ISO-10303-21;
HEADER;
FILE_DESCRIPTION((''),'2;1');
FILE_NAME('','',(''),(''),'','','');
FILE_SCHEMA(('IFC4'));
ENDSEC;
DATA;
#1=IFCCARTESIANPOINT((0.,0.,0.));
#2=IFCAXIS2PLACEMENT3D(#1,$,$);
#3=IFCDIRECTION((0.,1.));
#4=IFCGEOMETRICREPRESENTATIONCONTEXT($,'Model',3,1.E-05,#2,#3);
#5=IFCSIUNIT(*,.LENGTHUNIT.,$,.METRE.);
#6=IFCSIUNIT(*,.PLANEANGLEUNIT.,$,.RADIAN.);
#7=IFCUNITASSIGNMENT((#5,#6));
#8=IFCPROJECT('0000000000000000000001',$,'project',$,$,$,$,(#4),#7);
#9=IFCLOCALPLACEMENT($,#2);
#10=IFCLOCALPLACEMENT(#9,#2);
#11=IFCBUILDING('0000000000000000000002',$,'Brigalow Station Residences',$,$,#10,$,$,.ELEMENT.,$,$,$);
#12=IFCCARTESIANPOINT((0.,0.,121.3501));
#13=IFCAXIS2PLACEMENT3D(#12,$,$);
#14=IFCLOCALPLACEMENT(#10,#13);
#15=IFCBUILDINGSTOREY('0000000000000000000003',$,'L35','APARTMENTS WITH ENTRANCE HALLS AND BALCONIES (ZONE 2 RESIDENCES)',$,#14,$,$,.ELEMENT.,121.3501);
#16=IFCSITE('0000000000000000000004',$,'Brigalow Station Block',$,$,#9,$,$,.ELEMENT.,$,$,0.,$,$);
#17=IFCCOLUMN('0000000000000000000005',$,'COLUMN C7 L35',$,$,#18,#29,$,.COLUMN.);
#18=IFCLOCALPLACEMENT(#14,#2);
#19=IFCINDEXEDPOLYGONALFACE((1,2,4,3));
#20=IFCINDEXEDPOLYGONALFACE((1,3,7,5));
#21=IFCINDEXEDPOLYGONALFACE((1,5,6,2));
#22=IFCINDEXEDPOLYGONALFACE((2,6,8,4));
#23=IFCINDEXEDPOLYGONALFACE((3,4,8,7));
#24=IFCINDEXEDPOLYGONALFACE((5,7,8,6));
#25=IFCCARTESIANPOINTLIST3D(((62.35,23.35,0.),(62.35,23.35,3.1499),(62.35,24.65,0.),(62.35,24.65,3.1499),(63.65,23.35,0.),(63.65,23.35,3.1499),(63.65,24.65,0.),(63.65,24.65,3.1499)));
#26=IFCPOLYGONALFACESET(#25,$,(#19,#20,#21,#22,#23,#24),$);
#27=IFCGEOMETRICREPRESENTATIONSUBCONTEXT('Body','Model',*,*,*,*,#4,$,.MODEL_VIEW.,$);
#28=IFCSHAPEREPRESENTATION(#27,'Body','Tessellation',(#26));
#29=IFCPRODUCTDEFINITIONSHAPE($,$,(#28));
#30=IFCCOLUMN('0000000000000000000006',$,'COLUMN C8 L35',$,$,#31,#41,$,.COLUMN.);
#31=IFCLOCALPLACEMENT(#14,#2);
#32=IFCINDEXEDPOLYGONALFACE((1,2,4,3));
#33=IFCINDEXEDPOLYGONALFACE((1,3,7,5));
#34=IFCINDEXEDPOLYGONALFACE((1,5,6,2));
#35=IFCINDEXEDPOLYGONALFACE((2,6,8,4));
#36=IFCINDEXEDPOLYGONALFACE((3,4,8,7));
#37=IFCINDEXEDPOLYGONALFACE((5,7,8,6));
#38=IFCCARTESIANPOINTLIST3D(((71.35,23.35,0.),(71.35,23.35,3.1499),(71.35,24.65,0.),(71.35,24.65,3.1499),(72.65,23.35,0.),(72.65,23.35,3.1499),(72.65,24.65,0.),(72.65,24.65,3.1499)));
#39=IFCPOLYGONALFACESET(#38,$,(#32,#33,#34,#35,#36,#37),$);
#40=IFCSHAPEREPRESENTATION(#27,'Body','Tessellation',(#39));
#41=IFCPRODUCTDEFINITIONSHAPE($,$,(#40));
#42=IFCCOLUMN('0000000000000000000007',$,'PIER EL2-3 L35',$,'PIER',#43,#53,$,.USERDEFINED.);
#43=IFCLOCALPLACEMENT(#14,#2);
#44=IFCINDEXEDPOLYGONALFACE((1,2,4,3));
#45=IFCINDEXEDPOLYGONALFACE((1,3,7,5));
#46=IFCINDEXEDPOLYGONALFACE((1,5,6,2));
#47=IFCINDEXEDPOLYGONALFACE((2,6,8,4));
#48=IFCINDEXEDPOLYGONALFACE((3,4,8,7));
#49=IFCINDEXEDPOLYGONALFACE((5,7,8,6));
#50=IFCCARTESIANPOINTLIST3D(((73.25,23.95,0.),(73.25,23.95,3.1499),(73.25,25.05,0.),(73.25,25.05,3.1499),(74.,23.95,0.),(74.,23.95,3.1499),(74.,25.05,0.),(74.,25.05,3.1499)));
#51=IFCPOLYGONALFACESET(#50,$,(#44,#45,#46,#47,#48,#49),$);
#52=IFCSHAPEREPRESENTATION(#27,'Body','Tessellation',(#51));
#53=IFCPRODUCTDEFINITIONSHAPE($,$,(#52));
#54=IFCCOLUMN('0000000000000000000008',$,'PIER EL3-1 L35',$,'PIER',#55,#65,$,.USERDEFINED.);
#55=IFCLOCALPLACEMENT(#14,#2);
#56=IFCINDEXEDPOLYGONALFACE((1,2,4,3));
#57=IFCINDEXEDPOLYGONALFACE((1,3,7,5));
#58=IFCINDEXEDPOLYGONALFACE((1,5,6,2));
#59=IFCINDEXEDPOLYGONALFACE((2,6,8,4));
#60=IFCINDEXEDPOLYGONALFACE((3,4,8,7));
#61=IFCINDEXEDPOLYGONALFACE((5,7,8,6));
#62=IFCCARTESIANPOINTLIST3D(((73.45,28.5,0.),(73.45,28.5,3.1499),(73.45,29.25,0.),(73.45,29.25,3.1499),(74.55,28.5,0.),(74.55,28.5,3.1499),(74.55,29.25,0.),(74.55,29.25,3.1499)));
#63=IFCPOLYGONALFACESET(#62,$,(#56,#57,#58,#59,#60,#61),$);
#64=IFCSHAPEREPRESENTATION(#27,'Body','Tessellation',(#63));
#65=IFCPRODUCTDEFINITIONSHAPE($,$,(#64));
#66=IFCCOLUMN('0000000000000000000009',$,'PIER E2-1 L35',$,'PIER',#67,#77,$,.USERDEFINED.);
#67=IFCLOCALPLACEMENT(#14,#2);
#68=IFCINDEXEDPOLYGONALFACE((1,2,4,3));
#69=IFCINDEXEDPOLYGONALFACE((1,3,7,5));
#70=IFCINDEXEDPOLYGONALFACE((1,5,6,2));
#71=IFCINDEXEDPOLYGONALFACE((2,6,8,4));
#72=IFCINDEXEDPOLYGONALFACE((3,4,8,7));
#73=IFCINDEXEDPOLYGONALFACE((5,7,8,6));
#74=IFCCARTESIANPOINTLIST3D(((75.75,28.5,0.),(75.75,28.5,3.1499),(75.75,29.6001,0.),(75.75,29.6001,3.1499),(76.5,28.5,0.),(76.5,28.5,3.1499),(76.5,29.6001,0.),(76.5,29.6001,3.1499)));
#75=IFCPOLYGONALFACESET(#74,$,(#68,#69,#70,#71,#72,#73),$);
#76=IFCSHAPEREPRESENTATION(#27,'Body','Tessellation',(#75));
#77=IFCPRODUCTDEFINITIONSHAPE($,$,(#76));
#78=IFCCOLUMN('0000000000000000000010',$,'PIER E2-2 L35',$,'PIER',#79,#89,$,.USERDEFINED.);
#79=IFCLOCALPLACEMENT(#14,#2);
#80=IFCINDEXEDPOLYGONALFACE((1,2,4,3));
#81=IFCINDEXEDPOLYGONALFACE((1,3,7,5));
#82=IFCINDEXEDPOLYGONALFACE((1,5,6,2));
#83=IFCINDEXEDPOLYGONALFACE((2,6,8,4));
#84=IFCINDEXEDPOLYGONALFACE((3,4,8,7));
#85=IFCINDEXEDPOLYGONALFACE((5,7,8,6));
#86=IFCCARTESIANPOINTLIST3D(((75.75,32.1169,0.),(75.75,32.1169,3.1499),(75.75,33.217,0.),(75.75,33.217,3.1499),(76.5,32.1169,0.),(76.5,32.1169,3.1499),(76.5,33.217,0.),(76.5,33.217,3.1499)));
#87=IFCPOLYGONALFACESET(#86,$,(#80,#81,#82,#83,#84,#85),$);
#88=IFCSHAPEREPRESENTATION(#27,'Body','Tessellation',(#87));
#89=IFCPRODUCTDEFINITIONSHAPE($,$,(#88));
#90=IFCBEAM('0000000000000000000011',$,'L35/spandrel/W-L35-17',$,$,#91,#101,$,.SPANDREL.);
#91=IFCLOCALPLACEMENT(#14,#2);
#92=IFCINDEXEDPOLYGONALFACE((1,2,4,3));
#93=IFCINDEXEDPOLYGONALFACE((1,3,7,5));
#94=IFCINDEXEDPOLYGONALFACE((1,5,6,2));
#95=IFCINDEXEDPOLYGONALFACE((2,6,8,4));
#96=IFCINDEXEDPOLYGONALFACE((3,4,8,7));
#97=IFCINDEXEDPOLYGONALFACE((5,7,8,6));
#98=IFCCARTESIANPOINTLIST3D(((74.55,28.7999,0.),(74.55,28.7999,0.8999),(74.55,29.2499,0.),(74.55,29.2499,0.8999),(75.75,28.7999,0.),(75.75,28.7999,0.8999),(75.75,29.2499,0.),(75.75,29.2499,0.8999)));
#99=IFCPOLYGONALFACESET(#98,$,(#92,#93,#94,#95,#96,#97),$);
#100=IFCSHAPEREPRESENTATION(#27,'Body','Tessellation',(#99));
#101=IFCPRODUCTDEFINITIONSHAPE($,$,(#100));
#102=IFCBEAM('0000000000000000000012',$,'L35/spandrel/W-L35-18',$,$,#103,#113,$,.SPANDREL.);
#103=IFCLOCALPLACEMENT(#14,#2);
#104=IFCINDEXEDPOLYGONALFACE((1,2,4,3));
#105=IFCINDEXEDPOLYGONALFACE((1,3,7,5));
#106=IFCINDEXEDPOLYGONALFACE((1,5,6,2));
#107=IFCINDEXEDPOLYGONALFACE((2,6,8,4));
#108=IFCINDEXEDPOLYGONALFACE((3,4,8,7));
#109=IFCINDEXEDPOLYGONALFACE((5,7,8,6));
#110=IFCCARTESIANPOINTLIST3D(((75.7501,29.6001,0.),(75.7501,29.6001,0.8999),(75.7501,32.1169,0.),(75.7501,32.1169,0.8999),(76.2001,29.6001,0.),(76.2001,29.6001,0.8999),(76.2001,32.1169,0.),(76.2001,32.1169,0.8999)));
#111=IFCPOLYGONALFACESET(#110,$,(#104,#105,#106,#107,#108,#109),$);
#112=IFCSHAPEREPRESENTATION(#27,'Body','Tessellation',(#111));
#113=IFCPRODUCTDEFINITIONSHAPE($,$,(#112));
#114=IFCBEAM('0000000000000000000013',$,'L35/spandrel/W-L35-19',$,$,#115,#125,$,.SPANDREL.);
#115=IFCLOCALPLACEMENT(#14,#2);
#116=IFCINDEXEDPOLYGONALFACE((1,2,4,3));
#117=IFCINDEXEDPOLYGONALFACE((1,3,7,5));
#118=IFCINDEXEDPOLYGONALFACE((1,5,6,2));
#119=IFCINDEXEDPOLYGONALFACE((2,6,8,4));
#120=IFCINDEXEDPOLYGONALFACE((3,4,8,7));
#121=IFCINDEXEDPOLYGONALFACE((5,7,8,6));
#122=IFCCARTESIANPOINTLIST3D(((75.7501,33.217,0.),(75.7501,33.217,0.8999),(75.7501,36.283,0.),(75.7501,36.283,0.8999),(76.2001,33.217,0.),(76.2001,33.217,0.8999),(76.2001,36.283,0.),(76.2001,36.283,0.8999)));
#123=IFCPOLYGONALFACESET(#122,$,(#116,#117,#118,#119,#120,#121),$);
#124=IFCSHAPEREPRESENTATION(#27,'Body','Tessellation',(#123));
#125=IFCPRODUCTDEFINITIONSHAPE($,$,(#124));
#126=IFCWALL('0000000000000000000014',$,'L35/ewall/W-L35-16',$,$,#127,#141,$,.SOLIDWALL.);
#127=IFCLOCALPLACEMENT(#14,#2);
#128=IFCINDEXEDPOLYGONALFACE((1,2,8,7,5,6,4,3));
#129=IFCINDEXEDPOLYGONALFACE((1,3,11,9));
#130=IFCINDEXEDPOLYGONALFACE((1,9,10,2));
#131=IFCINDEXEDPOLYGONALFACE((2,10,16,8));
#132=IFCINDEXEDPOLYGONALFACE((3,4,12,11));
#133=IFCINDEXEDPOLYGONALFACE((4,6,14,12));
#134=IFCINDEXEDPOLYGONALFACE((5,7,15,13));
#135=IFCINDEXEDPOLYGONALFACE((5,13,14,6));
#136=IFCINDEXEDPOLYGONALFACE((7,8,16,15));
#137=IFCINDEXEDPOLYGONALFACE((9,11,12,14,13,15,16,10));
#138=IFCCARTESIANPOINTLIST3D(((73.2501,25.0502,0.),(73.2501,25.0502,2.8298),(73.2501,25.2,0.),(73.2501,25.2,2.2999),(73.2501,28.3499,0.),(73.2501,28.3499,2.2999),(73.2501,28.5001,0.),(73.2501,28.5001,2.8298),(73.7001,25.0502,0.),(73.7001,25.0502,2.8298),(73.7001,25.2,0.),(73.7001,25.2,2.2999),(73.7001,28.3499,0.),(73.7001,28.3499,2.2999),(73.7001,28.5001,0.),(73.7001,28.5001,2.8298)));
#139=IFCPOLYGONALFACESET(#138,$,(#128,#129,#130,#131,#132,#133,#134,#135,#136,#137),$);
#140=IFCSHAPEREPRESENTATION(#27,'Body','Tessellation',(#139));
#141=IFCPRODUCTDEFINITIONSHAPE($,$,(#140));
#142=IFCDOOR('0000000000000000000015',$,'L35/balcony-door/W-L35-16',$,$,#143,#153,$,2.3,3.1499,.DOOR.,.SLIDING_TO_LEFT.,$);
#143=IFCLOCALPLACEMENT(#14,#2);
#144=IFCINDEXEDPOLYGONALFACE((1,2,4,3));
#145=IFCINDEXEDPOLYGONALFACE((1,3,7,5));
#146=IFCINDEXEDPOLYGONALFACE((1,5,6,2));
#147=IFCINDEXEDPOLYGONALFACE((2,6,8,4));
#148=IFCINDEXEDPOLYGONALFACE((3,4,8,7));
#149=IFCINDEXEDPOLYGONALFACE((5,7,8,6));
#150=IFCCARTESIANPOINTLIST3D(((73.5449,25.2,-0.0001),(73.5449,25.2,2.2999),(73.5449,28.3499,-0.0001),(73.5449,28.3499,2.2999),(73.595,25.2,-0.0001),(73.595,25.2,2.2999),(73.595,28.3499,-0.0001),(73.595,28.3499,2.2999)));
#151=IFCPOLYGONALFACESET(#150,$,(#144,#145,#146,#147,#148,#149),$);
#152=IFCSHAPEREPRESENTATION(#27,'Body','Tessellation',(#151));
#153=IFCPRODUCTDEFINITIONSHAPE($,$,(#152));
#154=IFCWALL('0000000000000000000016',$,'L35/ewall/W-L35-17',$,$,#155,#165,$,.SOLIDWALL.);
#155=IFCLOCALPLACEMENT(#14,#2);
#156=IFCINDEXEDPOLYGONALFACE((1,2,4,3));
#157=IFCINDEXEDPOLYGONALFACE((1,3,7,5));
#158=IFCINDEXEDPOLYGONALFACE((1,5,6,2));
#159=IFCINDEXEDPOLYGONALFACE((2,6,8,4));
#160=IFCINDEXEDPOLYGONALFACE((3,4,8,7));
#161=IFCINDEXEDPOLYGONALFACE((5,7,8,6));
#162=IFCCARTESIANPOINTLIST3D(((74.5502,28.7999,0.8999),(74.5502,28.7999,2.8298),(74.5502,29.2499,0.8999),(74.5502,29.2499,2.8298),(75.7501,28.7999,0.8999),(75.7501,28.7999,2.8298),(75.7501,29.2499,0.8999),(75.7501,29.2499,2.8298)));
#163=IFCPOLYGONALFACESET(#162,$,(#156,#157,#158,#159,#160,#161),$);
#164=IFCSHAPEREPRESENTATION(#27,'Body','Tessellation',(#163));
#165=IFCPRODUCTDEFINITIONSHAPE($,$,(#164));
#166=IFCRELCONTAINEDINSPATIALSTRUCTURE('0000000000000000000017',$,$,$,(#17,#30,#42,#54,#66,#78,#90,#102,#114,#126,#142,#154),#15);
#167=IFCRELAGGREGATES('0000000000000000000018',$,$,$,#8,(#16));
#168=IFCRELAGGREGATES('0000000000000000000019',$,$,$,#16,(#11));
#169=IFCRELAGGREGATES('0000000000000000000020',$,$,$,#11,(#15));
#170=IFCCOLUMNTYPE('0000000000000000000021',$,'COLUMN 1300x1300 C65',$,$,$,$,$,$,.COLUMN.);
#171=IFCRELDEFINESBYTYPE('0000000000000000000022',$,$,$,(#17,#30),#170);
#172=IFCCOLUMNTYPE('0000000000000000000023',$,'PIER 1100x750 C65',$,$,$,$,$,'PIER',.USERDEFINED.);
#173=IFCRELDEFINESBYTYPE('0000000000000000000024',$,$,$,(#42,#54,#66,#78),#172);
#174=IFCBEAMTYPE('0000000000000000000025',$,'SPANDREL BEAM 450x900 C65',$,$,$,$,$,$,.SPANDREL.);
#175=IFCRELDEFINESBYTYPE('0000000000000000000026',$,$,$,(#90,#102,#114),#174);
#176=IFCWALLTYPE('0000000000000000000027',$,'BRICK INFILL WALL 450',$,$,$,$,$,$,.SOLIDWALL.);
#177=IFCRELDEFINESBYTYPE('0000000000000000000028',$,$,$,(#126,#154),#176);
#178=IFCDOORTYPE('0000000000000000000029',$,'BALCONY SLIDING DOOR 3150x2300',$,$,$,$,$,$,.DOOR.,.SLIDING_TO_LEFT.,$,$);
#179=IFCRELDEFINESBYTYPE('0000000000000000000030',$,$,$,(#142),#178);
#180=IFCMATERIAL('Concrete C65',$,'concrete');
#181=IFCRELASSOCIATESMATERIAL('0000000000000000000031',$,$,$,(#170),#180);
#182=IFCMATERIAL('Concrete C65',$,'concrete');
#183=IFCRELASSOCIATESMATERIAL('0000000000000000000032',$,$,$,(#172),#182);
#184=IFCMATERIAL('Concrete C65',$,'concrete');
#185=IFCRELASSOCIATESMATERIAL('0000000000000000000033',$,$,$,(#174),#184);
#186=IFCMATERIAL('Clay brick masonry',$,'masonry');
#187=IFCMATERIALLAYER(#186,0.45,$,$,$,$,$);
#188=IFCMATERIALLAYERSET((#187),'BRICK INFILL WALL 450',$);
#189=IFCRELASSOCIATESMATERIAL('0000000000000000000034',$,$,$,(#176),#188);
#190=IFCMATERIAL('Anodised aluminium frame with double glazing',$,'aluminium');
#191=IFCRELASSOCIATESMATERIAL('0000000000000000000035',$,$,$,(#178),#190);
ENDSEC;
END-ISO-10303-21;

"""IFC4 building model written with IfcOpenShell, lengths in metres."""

from ifc_helpers import new_model, si_unit, direction, frame, frame_2d, origin, origin_2d, place, context, subcontext, project, spatial, rectangle, extrude, material, layer, layer_set, material_profile, profile_set, type_object, element, fill, save


model = new_model("IFC4")

# Units and contexts
model_context = context("Model", 3, precision=1e-05, world=origin(), true_north=direction((0.0, 1.0)))
body_context = subcontext(model_context, "Body", "Model", "MODEL_VIEW")
ifc_project = project(units=[si_unit("LENGTHUNIT", "METRE"), si_unit("PLANEANGLEUNIT", "RADIAN")], contexts=[model_context])

# Site, building, storey
site_placement = place(None, origin())
site = spatial("IfcSite", under=ifc_project, at=site_placement, Name="Brigalow Station Block", CompositionType="ELEMENT", RefElevation=0.0)
building_placement = place(site_placement, origin())
building = spatial("IfcBuilding", under=site, at=building_placement, Name="Brigalow Station Residences", CompositionType="ELEMENT")
storey_placement = place(building_placement, frame((0.0, 0.0, 121.3501)))
storey = spatial("IfcBuildingStorey", under=building, at=storey_placement, Name="L35", Description="APARTMENTS WITH ENTRANCE HALLS AND BALCONIES (ZONE 2 RESIDENCES)", CompositionType="ELEMENT", Elevation=121.3501)

# Columns
ifc_material_1 = material(Name="Concrete C65", Category="concrete")
ifc_material_profile_1 = material_profile(ifc_material_1, rectangle(XDim=1.3, YDim=1.3, at=origin_2d()), Name="RC1300x1300")
ifc_profile_set_1 = profile_set([ifc_material_profile_1], Name="Concrete C65")
column_type_1 = type_object("IfcColumnType", Name="COLUMN 1300x1300 C65", PredefinedType="COLUMN", material=ifc_profile_set_1)
for number, where, z_axis, x_axis, name in (
    (1, (63.0, 24.0, 0.0), (0.0, 0.0, 1.0), (1.0, 0.0, 0.0), "COLUMN C7 L35"),
    (2, (72.0, 24.0, 0.0), (0.0, 0.0, 1.0), (1.0, 0.0, 0.0), "COLUMN C8 L35"),
):
    element("IfcColumn", number, at=place(storey_placement, frame(where, z_axis=z_axis, x_axis=x_axis)), inside=storey, type_object=column_type_1, Name=name, PredefinedType="COLUMN", context=body_context, shape_type="SweptSolid", body=[
        extrude(rectangle(XDim=1.3, YDim=1.3, at=origin_2d()), origin(), (0.0, 0.0, 1.0), 3.1499),
    ])
ifc_material_2 = material(Name="Concrete C65", Category="concrete")
ifc_material_profile_2 = material_profile(ifc_material_2, rectangle(XDim=1.1001, YDim=0.75, at=origin_2d()), Name="RC1100x750")
ifc_profile_set_2 = profile_set([ifc_material_profile_2], Name="Concrete C65")
column_type_2 = type_object("IfcColumnType", Name="PIER 1100x750 C65", ElementType="PIER", PredefinedType="USERDEFINED", material=ifc_profile_set_2)
for number, where, z_axis, x_axis, name in (
    (3, (73.625, 24.5, 0.0), (0.0, 0.0, 1.0), (0.0, 1.0, 0.0), "PIER EL2-3 L35"),
    (4, (74.0, 28.875, 0.0), (0.0, 0.0, 1.0), (1.0, 0.0, 0.0), "PIER EL3-1 L35"),
    (5, (76.125, 29.05, 0.0), (0.0, 0.0, 1.0), (0.0, 1.0, 0.0), "PIER E2-1 L35"),
    (6, (76.125, 32.667, 0.0), (0.0, 0.0, 1.0), (0.0, 1.0, 0.0), "PIER E2-2 L35"),
):
    element("IfcColumn", number, at=place(storey_placement, frame(where, z_axis=z_axis, x_axis=x_axis)), inside=storey, type_object=column_type_2, Name=name, ObjectType="PIER", PredefinedType="USERDEFINED", context=body_context, shape_type="SweptSolid", body=[
        extrude(rectangle(XDim=1.1001, YDim=0.75, at=origin_2d()), origin(), (0.0, 0.0, 1.0), 3.1499),
    ])

# Beams
ifc_material_3 = material(Name="Concrete C65", Category="concrete")
ifc_material_profile_3 = material_profile(ifc_material_3, rectangle(XDim=0.45, YDim=0.8999, at=origin_2d()), Name="RC450x900")
ifc_profile_set_3 = profile_set([ifc_material_profile_3], Name="Concrete C65")
beam_type = type_object("IfcBeamType", Name="SPANDREL BEAM 450x900 C65", PredefinedType="SPANDREL", material=ifc_profile_set_3)
beam_1_placement = place(storey_placement, frame((74.55, 29.0249, 0.45), z_axis=(1.0, 0.0, 0.0), x_axis=(0.0, 1.0, 0.0)))
element("IfcBeam", 7, at=beam_1_placement, inside=storey, type_object=beam_type, Name="L35/spandrel/W-L35-17", PredefinedType="SPANDREL", context=body_context, shape_type="SweptSolid", body=[
    extrude(rectangle(XDim=0.45, YDim=0.8999, at=origin_2d()), origin(), (0.0, 0.0, 1.0), 1.2),
])
beam_2_placement = place(storey_placement, frame((75.9751, 29.6001, 0.45), z_axis=(0.0, 1.0, 0.0), x_axis=(-1.0, 0.0, 0.0)))
element("IfcBeam", 8, at=beam_2_placement, inside=storey, type_object=beam_type, Name="L35/spandrel/W-L35-18", PredefinedType="SPANDREL", context=body_context, shape_type="SweptSolid", body=[
    extrude(rectangle(XDim=0.45, YDim=0.8999, at=origin_2d()), origin(), (0.0, 0.0, 1.0), 2.5168),
])
beam_3_placement = place(storey_placement, frame((75.9751, 33.217, 0.45), z_axis=(0.0, 1.0, 0.0), x_axis=(-1.0, 0.0, 0.0)))
element("IfcBeam", 9, at=beam_3_placement, inside=storey, type_object=beam_type, Name="L35/spandrel/W-L35-19", PredefinedType="SPANDREL", context=body_context, shape_type="SweptSolid", body=[
    extrude(rectangle(XDim=0.45, YDim=0.8999, at=origin_2d()), origin(), (0.0, 0.0, 1.0), 3.0659),
])

# Wall, opening, door
ifc_material_4 = material(Name="Clay brick masonry", Category="masonry")
ifc_layer_1 = layer(ifc_material_4, 0.45)
ifc_layer_set_1 = layer_set([ifc_layer_1], Name="BRICK INFILL WALL 450")
wall_type_1 = type_object("IfcWallType", Name="BRICK INFILL WALL 450", PredefinedType="SOLIDWALL", material=ifc_layer_set_1)
wall_1_placement = place(storey_placement, frame((73.4751, 25.05, 0.0), z_axis=(0.0, 0.0, 1.0), x_axis=(0.0, 1.0, 0.0)))
wall_1 = element("IfcWall", 10, at=wall_1_placement, inside=storey, type_object=wall_type_1, Name="L35/ewall/W-L35-16", PredefinedType="SOLIDWALL", context=body_context, shape_type="SweptSolid", body=[
    extrude(rectangle(XDim=3.45, YDim=0.45, at=frame_2d((1.7251, 0.0))), origin(), (0.0, 0.0, 1.0), 2.8298),
])
opening_1_placement = place(wall_1_placement, frame((0.1499, 0.0, 0.0)))
opening_1 = element("IfcOpeningElement", 11, at=opening_1_placement, cuts=wall_1, PredefinedType="OPENING", context=body_context, shape_type="SweptSolid", body=[
    extrude(rectangle(XDim=3.1499, YDim=2.3, at=frame_2d((1.575, 1.1499))), frame((0.0, 0.2349, 0.0), z_axis=(0.0, -1.0, 0.0), x_axis=(1.0, 0.0, 0.0)), (0.0, 0.0, 1.0), 0.47),
])
ifc_material_5 = material(Name="Anodised aluminium frame with double glazing", Category="aluminium")
door_type_1 = type_object("IfcDoorType", Name="BALCONY SLIDING DOOR 3150x2300", OperationType="SLIDING_TO_LEFT", PredefinedType="DOOR", material=ifc_material_5)
door_1_placement = place(opening_1_placement, origin())
door_1 = element("IfcDoor", 12, at=door_1_placement, inside=storey, type_object=door_type_1, Name="L35/balcony-door/W-L35-16", OperationType="SLIDING_TO_LEFT", OverallHeight=2.3, OverallWidth=3.1499, PredefinedType="DOOR", context=body_context, shape_type="SweptSolid", body=[
    extrude(rectangle(XDim=3.1499, YDim=2.3, at=frame_2d((1.575, 1.1499))), frame((0.0, -0.0698, 0.0), z_axis=(0.0, -1.0, 0.0), x_axis=(1.0, 0.0, 0.0)), (0.0, 0.0, 1.0), 0.05),
])
fill(opening_1, door_1)

# Wall
wall_2_placement = place(storey_placement, frame((74.55, 29.0249, 0.8999), z_axis=(0.0, 0.0, 1.0), x_axis=(1.0, 0.0, 0.0)))
element("IfcWall", 13, at=wall_2_placement, inside=storey, type_object=wall_type_1, Name="L35/ewall/W-L35-17", PredefinedType="SOLIDWALL", context=body_context, shape_type="SweptSolid", body=[
    extrude(rectangle(XDim=1.2, YDim=0.45, at=frame_2d((0.6001, 0.0))), origin(), (0.0, 0.0, 1.0), 1.9299),
])

save(model, "model.ifc")
